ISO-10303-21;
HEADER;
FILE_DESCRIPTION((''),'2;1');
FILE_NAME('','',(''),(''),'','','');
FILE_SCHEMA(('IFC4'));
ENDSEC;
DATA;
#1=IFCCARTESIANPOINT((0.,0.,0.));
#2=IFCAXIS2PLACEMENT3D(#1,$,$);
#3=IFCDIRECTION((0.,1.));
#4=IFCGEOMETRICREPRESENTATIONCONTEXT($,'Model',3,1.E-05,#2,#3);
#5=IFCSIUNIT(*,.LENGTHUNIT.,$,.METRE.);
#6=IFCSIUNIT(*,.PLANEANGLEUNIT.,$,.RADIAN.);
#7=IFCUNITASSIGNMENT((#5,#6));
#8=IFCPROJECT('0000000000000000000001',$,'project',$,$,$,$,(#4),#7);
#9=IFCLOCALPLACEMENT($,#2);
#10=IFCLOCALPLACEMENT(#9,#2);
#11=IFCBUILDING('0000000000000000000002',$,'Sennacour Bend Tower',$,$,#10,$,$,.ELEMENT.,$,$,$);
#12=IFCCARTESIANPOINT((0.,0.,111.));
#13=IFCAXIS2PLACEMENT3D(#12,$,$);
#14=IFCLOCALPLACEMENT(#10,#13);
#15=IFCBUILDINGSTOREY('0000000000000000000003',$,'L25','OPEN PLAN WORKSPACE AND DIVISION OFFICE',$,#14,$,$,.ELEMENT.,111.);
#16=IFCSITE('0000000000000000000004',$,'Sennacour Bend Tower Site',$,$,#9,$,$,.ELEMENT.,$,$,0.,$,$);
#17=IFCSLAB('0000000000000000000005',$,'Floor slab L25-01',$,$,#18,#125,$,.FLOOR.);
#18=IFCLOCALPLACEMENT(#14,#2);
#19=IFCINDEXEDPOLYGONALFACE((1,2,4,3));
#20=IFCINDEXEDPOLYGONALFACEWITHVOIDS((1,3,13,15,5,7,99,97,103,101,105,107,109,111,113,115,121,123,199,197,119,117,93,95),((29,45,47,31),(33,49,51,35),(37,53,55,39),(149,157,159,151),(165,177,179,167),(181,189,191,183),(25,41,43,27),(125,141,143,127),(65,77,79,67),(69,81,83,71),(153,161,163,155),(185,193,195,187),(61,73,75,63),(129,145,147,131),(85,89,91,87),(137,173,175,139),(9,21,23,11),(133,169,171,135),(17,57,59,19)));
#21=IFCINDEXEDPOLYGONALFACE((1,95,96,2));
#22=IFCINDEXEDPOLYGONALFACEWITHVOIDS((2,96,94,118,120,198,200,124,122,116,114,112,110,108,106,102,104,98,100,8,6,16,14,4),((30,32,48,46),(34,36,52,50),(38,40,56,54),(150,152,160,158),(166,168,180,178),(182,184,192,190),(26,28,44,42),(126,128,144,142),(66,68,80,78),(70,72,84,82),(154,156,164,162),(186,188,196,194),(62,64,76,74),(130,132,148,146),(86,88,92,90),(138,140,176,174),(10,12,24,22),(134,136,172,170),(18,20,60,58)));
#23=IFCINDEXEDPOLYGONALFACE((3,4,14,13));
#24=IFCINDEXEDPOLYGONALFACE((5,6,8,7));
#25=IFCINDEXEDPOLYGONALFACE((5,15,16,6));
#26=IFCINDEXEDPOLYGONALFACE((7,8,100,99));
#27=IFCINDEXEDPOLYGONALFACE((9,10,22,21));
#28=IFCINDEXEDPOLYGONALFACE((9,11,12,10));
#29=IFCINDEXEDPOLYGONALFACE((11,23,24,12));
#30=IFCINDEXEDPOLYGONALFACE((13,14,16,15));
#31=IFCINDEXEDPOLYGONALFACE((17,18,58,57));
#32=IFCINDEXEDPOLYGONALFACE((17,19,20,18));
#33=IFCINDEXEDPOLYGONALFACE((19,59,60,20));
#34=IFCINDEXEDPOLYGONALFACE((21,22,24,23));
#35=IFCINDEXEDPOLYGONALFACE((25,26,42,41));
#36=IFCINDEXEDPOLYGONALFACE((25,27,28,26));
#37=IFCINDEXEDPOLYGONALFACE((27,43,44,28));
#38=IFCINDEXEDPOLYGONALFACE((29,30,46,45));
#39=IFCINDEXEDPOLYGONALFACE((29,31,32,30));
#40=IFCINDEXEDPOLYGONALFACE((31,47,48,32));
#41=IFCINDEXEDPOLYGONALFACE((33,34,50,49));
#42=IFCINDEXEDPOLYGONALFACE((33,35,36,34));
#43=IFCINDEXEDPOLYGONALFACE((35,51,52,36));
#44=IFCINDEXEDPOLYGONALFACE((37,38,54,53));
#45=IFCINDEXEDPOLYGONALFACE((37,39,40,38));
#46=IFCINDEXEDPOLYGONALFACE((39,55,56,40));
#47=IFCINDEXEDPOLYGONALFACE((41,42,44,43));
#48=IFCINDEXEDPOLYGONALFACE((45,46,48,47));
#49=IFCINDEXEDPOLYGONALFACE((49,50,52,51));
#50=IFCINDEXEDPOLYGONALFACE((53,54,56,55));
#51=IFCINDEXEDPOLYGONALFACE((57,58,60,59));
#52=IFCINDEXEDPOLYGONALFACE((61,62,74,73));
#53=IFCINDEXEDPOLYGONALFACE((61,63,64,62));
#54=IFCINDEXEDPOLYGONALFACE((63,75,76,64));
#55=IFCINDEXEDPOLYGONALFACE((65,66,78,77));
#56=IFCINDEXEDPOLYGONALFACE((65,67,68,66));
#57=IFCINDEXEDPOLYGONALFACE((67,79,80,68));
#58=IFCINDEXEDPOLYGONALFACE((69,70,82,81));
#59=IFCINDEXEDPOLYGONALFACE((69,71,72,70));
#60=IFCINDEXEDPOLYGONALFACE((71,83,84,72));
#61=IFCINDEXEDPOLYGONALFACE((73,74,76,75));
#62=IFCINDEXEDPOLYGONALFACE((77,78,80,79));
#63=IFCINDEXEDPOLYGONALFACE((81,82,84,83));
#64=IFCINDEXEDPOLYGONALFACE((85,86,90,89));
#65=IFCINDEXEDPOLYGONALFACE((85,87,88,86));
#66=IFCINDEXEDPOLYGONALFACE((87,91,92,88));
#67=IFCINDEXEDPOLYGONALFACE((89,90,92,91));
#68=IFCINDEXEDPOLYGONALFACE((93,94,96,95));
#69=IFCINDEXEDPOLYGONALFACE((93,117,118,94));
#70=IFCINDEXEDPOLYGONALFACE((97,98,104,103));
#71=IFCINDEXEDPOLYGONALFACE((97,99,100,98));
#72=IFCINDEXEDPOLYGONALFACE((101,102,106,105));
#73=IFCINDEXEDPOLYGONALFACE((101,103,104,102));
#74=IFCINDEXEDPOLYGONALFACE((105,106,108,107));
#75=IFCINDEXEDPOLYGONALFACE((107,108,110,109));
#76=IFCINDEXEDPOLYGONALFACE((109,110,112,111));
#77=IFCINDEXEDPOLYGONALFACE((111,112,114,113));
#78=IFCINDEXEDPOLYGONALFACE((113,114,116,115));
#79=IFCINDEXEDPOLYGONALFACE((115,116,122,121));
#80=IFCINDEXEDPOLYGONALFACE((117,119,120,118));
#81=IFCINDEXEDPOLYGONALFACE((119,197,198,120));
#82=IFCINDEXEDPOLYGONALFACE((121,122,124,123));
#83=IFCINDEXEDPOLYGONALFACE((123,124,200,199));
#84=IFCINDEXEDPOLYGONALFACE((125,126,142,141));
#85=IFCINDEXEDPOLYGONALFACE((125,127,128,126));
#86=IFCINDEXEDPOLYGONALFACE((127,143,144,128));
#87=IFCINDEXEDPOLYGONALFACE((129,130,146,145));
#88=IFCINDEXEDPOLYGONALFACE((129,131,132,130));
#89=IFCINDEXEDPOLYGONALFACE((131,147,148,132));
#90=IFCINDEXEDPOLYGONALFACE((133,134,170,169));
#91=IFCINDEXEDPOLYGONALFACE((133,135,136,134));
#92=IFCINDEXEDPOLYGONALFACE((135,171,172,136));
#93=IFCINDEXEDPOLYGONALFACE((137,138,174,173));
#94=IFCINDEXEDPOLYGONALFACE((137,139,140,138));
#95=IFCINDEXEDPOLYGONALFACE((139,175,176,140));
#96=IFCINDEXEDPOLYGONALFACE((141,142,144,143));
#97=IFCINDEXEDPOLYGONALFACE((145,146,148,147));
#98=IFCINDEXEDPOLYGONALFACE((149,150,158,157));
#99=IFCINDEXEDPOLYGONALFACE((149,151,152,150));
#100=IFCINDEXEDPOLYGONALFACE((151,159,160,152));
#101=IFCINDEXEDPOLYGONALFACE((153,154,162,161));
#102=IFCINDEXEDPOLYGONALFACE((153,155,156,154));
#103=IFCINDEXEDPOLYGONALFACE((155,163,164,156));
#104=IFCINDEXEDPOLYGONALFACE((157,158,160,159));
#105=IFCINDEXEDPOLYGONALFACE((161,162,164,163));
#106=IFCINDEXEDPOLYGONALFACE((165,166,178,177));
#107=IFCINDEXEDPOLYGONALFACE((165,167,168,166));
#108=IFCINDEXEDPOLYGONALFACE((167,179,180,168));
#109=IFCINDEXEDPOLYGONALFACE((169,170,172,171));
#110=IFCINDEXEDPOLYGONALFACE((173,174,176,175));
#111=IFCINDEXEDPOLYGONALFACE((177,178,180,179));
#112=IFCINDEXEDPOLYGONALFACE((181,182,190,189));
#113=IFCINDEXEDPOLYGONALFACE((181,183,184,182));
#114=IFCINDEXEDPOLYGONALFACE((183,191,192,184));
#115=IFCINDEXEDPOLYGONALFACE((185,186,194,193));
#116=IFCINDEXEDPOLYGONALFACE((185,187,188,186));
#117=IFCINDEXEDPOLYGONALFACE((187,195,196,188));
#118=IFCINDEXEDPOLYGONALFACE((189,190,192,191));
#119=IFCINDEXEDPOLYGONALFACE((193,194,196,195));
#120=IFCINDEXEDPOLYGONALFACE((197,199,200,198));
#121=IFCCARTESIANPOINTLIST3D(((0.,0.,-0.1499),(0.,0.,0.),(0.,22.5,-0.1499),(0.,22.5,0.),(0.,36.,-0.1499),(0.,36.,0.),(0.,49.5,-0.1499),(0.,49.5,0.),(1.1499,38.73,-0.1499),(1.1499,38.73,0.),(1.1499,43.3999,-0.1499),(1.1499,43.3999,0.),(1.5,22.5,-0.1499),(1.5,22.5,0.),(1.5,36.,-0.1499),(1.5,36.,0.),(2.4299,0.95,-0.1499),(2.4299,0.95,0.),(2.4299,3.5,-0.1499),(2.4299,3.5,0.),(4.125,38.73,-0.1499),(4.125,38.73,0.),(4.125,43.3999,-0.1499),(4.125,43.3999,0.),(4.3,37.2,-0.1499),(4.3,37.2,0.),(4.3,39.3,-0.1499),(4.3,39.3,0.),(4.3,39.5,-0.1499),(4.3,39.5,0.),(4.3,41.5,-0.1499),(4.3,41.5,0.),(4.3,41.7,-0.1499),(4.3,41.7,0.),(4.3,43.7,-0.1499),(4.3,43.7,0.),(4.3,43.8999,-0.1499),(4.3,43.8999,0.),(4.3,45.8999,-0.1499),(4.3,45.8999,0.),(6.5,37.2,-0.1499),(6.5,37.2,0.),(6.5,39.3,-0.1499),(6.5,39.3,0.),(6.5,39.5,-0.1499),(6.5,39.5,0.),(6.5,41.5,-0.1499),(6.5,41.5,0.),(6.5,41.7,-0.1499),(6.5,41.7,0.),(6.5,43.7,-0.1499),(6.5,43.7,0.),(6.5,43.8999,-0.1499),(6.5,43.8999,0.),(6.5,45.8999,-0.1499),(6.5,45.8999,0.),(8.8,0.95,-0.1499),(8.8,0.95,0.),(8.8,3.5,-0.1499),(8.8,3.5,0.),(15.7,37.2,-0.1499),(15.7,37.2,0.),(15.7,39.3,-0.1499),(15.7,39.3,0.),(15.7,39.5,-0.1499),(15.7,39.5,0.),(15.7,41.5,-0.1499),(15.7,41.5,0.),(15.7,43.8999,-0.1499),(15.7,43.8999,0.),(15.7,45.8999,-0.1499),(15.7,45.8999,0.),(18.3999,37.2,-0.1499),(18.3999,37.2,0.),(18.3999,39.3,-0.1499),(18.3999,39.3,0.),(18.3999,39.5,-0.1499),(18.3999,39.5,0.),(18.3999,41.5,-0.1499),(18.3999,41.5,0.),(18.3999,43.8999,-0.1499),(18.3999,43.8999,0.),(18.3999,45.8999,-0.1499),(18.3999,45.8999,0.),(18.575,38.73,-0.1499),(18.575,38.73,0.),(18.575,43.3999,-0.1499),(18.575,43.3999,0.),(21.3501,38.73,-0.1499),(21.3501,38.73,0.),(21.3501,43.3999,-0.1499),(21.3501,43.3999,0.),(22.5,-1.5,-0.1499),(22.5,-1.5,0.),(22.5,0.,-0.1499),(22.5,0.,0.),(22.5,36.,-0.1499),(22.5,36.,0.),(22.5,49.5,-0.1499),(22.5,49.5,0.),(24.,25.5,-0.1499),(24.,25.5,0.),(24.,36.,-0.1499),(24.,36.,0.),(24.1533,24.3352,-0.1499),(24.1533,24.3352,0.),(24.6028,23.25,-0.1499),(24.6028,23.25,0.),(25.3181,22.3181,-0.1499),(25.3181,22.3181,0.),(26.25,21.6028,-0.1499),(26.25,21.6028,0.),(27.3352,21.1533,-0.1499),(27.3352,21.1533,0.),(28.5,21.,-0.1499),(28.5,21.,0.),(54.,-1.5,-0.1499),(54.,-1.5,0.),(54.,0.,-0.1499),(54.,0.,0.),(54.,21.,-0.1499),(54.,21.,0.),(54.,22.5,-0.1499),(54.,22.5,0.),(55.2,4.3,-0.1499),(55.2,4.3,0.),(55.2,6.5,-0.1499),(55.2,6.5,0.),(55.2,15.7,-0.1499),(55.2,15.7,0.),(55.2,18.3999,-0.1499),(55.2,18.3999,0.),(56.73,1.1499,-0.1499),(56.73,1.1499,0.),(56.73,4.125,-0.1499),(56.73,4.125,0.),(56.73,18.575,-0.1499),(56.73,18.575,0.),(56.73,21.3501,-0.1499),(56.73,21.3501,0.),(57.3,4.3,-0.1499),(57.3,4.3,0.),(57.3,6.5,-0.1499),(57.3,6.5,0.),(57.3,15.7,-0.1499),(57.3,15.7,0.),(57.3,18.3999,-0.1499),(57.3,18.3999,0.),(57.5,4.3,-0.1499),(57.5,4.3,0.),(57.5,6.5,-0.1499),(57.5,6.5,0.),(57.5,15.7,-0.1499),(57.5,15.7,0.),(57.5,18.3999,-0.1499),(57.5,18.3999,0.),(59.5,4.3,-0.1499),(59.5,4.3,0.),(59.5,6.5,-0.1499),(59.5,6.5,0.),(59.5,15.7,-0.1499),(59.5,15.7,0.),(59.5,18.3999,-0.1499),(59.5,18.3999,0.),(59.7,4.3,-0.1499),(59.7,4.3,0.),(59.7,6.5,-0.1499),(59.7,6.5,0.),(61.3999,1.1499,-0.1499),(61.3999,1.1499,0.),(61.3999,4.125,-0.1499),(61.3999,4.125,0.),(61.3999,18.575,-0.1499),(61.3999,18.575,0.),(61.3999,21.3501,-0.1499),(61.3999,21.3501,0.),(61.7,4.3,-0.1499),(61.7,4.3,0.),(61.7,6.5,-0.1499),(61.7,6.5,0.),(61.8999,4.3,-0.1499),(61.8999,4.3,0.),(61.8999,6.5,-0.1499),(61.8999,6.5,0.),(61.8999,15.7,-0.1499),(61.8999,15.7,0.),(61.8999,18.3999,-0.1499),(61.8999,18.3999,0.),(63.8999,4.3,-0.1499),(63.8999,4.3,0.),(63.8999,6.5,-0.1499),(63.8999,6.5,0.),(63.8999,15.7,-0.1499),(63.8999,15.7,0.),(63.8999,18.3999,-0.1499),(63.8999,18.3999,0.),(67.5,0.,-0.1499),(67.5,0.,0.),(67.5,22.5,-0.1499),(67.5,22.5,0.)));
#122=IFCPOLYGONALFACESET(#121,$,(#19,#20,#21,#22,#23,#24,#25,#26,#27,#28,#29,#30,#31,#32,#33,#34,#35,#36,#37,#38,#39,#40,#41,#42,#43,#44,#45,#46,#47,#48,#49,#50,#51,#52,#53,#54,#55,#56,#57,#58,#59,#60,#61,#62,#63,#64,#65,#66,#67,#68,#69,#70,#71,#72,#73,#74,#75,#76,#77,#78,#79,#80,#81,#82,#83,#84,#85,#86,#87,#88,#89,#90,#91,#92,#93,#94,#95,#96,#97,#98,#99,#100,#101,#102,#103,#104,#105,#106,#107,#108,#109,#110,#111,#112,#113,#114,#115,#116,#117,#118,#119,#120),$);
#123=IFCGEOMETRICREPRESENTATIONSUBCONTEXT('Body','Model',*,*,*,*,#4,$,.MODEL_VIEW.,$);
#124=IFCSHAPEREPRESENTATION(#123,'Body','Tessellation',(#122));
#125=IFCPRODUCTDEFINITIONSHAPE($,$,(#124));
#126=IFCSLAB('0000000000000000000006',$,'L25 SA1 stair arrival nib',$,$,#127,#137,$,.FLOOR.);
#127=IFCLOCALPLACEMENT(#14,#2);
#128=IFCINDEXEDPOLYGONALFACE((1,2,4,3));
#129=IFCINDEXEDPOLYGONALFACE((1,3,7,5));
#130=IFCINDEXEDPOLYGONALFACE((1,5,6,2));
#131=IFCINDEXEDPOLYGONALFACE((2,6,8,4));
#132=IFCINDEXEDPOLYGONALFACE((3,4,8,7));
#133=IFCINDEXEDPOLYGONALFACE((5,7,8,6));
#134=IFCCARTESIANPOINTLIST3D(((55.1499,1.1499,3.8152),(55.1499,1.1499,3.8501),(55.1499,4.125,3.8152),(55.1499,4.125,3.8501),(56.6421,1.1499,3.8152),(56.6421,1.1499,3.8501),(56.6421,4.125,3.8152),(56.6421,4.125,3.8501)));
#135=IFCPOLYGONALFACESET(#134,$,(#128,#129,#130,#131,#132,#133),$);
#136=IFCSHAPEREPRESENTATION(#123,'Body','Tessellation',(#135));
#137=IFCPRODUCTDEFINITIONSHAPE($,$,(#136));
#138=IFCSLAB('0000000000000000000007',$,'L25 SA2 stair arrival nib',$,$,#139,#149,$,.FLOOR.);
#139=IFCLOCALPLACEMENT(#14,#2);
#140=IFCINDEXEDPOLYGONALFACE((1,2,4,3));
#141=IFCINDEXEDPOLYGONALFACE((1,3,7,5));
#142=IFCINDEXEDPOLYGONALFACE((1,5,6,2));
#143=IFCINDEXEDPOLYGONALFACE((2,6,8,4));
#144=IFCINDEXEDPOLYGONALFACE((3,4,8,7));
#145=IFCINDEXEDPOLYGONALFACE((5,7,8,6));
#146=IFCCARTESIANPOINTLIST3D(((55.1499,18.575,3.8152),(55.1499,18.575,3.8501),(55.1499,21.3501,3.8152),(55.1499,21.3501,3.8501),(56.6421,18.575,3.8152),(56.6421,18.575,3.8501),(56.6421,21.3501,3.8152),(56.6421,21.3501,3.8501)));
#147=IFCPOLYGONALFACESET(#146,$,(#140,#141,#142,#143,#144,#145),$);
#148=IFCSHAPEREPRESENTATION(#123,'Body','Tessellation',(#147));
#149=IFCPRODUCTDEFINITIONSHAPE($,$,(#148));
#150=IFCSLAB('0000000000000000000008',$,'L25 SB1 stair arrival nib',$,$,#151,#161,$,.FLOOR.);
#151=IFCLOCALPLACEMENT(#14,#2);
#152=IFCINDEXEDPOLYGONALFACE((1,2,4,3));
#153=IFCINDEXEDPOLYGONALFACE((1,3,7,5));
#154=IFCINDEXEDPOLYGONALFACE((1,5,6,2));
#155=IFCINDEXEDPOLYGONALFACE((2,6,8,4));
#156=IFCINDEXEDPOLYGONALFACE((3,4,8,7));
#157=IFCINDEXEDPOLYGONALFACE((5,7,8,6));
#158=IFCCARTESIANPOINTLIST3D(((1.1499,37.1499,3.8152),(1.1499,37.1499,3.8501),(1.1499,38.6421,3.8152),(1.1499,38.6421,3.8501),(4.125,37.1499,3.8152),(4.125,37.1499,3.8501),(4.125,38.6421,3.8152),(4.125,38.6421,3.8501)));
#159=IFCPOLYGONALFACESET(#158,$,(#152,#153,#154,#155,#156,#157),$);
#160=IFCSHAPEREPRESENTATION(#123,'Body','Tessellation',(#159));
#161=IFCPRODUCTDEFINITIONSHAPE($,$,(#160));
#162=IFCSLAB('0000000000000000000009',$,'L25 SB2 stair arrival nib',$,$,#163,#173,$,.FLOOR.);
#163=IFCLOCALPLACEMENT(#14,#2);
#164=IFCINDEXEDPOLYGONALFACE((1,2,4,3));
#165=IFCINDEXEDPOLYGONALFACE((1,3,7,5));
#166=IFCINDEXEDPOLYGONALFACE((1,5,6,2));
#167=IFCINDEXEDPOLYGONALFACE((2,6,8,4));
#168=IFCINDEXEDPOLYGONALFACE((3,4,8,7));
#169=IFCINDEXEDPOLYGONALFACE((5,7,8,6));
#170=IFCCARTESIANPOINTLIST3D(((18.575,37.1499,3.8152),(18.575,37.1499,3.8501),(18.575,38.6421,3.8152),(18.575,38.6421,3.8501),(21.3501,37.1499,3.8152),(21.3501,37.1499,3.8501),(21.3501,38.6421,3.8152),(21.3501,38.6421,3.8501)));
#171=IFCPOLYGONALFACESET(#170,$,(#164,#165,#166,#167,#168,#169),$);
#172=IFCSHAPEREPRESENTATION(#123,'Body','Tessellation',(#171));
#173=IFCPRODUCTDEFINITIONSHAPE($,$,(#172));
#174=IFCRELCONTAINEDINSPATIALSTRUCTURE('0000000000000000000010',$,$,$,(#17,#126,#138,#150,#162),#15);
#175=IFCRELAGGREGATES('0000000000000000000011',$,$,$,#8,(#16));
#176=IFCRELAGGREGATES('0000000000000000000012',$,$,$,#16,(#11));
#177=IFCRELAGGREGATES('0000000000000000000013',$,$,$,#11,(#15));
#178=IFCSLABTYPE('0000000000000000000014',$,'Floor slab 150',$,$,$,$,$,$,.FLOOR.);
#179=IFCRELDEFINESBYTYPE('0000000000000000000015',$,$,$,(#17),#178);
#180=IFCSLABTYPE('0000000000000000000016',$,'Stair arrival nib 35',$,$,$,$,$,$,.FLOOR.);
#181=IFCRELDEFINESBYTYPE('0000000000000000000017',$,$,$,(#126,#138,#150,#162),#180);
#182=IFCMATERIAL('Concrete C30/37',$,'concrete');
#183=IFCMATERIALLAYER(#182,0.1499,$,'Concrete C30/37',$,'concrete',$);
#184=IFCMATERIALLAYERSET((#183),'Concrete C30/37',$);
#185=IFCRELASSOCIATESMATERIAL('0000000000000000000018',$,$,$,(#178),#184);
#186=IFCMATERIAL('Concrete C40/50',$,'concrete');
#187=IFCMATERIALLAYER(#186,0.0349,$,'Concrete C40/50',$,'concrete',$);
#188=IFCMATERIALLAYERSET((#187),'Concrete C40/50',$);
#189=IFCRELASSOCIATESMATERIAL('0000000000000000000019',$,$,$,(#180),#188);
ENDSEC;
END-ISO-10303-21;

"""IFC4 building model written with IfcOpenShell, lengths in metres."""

from ifc_helpers import new_model, si_unit, direction, frame, origin, place, context, subcontext, project, spatial, polyline, outline, extrude, material, layer, layer_set, type_object, element, save


model = new_model("IFC4")

# Units and contexts
model_context = context("Model", 3, precision=1e-05, world=origin(), true_north=direction((0.0, 1.0)))
body_context = subcontext(model_context, "Body", "Model", "MODEL_VIEW")
ifc_project = project(units=[si_unit("LENGTHUNIT", "METRE"), si_unit("PLANEANGLEUNIT", "RADIAN")], contexts=[model_context])

# Site, building, storey
site_placement = place(None, origin())
site = spatial("IfcSite", under=ifc_project, at=site_placement, Name="Sennacour Bend Tower Site", CompositionType="ELEMENT", RefElevation=0.0)
building_placement = place(site_placement, origin())
building = spatial("IfcBuilding", under=site, at=building_placement, Name="Sennacour Bend Tower", CompositionType="ELEMENT")
storey_placement = place(building_placement, frame((0.0, 0.0, 111.0)))
storey = spatial("IfcBuildingStorey", under=building, at=storey_placement, Name="L25", Description="OPEN PLAN WORKSPACE AND DIVISION OFFICE", CompositionType="ELEMENT", Elevation=111.0)

# Slabs
ifc_material_1 = material(Name="Concrete C30/37", Category="concrete")
ifc_layer_1 = layer(ifc_material_1, 0.1499, Name="Concrete C30/37", Category="concrete")
ifc_layer_set_1 = layer_set([ifc_layer_1], Name="Concrete C30/37")
slab_type_1 = type_object("IfcSlabType", Name="Floor slab 150", PredefinedType="FLOOR", material=ifc_layer_set_1)
slab_1_placement = place(storey_placement, frame((0.0, 0.0, -0.1499)))
element("IfcSlab", 1, at=slab_1_placement, inside=storey, type_object=slab_type_1, Name="Floor slab L25-01", PredefinedType="FLOOR", context=body_context, shape_type="SweptSolid", body=[
    extrude(outline(polyline([(22.5, 0.0), (0.0, 0.0), (0.0, 22.5), (1.5, 22.5), (1.5, 36.0), (0.0, 36.0), (0.0, 49.5), (22.5, 49.5), (22.5, 36.0), (24.0, 36.0), (24.0, 25.5), (24.1533, 24.3352), (24.6028, 23.25), (25.3181, 22.3181), (26.25, 21.6028), (27.3352, 21.1533), (28.5, 21.0), (54.0, 21.0), (54.0, 22.5), (67.5, 22.5), (67.5, 0.0), (54.0, 0.0), (54.0, -1.5), (22.5, -1.5), (22.5, 0.0)]), holes=[polyline([(8.8, 0.95), (8.8, 3.5), (2.4299, 3.5), (2.4299, 0.95), (8.8, 0.95)]), polyline([(6.5, 37.2), (6.5, 39.3), (4.3, 39.3), (4.3, 37.2), (6.5, 37.2)]), polyline([(18.3999, 37.2), (18.3999, 39.3), (15.7, 39.3), (15.7, 37.2), (18.3999, 37.2)]), polyline([(6.5, 39.5), (6.5, 41.5), (4.3, 41.5), (4.3, 39.5), (6.5, 39.5)]), polyline([(18.3999, 39.5), (18.3999, 41.5), (15.7, 41.5), (15.7, 39.5), (18.3999, 39.5)]), polyline([(4.125, 38.73), (4.125, 43.3999), (1.1499, 43.3999), (1.1499, 38.73), (4.125, 38.73)]), polyline([(21.3501, 38.73), (21.3501, 43.3999), (18.575, 43.3999), (18.575, 38.73), (21.3501, 38.73)]), polyline([(4.3, 41.7), (6.5, 41.7), (6.5, 43.7), (4.3, 43.7), (4.3, 41.7)]), polyline([(4.3, 43.8999), (6.5, 43.8999), (6.5, 45.8999), (4.3, 45.8999), (4.3, 43.8999)]), polyline([(18.3999, 43.8999), (18.3999, 45.8999), (15.7, 45.8999), (15.7, 43.8999), (18.3999, 43.8999)]), polyline([(61.3999, 1.1499), (61.3999, 4.125), (56.73, 4.125), (56.73, 1.1499), (61.3999, 1.1499)]), polyline([(57.3, 4.3), (57.3, 6.5), (55.2, 6.5), (55.2, 4.3), (57.3, 4.3)]), polyline([(57.5, 4.3), (59.5, 4.3), (59.5, 6.5), (57.5, 6.5), (57.5, 4.3)]), polyline([(59.7, 4.3), (61.7, 4.3), (61.7, 6.5), (59.7, 6.5), (59.7, 4.3)]), polyline([(63.8999, 4.3), (63.8999, 6.5), (61.8999, 6.5), (61.8999, 4.3), (63.8999, 4.3)]), polyline([(57.3, 15.7), (57.3, 18.3999), (55.2, 18.3999), (55.2, 15.7), (57.3, 15.7)]), polyline([(59.5, 15.7), (59.5, 18.3999), (57.5, 18.3999), (57.5, 15.7), (59.5, 15.7)]), polyline([(61.8999, 15.7), (63.8999, 15.7), (63.8999, 18.3999), (61.8999, 18.3999), (61.8999, 15.7)]), polyline([(56.73, 18.575), (61.3999, 18.575), (61.3999, 21.3501), (56.73, 21.3501), (56.73, 18.575)])]), origin(), (0.0, 0.0, 1.0), 0.1499),
])
ifc_material_2 = material(Name="Concrete C40/50", Category="concrete")
ifc_layer_2 = layer(ifc_material_2, 0.0349, Name="Concrete C40/50", Category="concrete")
ifc_layer_set_2 = layer_set([ifc_layer_2], Name="Concrete C40/50")
slab_type_2 = type_object("IfcSlabType", Name="Stair arrival nib 35", PredefinedType="FLOOR", material=ifc_layer_set_2)
slab_2_placement = place(storey_placement, frame((0.0, 0.0, 3.8152)))
element("IfcSlab", 2, at=slab_2_placement, inside=storey, type_object=slab_type_2, Name="L25 SA1 stair arrival nib", PredefinedType="FLOOR", context=body_context, shape_type="SweptSolid", body=[
    extrude(outline(polyline([(56.6421, 4.125), (55.1499, 4.125), (55.1499, 1.1499), (56.6421, 1.1499), (56.6421, 4.125)])), origin(), (0.0, 0.0, 1.0), 0.0349),
])
slab_3_placement = place(storey_placement, frame((0.0, 0.0, 3.8152)))
element("IfcSlab", 3, at=slab_3_placement, inside=storey, type_object=slab_type_2, Name="L25 SA2 stair arrival nib", PredefinedType="FLOOR", context=body_context, shape_type="SweptSolid", body=[
    extrude(outline(polyline([(56.6421, 21.3501), (55.1499, 21.3501), (55.1499, 18.575), (56.6421, 18.575), (56.6421, 21.3501)])), origin(), (0.0, 0.0, 1.0), 0.0349),
])
slab_4_placement = place(storey_placement, frame((0.0, 0.0, 3.8152)))
element("IfcSlab", 4, at=slab_4_placement, inside=storey, type_object=slab_type_2, Name="L25 SB1 stair arrival nib", PredefinedType="FLOOR", context=body_context, shape_type="SweptSolid", body=[
    extrude(outline(polyline([(1.1499, 38.6421), (1.1499, 37.1499), (4.125, 37.1499), (4.125, 38.6421), (1.1499, 38.6421)])), origin(), (0.0, 0.0, 1.0), 0.0349),
])
slab_5_placement = place(storey_placement, frame((0.0, 0.0, 3.8152)))
element("IfcSlab", 5, at=slab_5_placement, inside=storey, type_object=slab_type_2, Name="L25 SB2 stair arrival nib", PredefinedType="FLOOR", context=body_context, shape_type="SweptSolid", body=[
    extrude(outline(polyline([(18.575, 38.6421), (18.575, 37.1499), (21.3501, 37.1499), (21.3501, 38.6421), (18.575, 38.6421)])), origin(), (0.0, 0.0, 1.0), 0.0349),
])

save(model, "model.ifc")
